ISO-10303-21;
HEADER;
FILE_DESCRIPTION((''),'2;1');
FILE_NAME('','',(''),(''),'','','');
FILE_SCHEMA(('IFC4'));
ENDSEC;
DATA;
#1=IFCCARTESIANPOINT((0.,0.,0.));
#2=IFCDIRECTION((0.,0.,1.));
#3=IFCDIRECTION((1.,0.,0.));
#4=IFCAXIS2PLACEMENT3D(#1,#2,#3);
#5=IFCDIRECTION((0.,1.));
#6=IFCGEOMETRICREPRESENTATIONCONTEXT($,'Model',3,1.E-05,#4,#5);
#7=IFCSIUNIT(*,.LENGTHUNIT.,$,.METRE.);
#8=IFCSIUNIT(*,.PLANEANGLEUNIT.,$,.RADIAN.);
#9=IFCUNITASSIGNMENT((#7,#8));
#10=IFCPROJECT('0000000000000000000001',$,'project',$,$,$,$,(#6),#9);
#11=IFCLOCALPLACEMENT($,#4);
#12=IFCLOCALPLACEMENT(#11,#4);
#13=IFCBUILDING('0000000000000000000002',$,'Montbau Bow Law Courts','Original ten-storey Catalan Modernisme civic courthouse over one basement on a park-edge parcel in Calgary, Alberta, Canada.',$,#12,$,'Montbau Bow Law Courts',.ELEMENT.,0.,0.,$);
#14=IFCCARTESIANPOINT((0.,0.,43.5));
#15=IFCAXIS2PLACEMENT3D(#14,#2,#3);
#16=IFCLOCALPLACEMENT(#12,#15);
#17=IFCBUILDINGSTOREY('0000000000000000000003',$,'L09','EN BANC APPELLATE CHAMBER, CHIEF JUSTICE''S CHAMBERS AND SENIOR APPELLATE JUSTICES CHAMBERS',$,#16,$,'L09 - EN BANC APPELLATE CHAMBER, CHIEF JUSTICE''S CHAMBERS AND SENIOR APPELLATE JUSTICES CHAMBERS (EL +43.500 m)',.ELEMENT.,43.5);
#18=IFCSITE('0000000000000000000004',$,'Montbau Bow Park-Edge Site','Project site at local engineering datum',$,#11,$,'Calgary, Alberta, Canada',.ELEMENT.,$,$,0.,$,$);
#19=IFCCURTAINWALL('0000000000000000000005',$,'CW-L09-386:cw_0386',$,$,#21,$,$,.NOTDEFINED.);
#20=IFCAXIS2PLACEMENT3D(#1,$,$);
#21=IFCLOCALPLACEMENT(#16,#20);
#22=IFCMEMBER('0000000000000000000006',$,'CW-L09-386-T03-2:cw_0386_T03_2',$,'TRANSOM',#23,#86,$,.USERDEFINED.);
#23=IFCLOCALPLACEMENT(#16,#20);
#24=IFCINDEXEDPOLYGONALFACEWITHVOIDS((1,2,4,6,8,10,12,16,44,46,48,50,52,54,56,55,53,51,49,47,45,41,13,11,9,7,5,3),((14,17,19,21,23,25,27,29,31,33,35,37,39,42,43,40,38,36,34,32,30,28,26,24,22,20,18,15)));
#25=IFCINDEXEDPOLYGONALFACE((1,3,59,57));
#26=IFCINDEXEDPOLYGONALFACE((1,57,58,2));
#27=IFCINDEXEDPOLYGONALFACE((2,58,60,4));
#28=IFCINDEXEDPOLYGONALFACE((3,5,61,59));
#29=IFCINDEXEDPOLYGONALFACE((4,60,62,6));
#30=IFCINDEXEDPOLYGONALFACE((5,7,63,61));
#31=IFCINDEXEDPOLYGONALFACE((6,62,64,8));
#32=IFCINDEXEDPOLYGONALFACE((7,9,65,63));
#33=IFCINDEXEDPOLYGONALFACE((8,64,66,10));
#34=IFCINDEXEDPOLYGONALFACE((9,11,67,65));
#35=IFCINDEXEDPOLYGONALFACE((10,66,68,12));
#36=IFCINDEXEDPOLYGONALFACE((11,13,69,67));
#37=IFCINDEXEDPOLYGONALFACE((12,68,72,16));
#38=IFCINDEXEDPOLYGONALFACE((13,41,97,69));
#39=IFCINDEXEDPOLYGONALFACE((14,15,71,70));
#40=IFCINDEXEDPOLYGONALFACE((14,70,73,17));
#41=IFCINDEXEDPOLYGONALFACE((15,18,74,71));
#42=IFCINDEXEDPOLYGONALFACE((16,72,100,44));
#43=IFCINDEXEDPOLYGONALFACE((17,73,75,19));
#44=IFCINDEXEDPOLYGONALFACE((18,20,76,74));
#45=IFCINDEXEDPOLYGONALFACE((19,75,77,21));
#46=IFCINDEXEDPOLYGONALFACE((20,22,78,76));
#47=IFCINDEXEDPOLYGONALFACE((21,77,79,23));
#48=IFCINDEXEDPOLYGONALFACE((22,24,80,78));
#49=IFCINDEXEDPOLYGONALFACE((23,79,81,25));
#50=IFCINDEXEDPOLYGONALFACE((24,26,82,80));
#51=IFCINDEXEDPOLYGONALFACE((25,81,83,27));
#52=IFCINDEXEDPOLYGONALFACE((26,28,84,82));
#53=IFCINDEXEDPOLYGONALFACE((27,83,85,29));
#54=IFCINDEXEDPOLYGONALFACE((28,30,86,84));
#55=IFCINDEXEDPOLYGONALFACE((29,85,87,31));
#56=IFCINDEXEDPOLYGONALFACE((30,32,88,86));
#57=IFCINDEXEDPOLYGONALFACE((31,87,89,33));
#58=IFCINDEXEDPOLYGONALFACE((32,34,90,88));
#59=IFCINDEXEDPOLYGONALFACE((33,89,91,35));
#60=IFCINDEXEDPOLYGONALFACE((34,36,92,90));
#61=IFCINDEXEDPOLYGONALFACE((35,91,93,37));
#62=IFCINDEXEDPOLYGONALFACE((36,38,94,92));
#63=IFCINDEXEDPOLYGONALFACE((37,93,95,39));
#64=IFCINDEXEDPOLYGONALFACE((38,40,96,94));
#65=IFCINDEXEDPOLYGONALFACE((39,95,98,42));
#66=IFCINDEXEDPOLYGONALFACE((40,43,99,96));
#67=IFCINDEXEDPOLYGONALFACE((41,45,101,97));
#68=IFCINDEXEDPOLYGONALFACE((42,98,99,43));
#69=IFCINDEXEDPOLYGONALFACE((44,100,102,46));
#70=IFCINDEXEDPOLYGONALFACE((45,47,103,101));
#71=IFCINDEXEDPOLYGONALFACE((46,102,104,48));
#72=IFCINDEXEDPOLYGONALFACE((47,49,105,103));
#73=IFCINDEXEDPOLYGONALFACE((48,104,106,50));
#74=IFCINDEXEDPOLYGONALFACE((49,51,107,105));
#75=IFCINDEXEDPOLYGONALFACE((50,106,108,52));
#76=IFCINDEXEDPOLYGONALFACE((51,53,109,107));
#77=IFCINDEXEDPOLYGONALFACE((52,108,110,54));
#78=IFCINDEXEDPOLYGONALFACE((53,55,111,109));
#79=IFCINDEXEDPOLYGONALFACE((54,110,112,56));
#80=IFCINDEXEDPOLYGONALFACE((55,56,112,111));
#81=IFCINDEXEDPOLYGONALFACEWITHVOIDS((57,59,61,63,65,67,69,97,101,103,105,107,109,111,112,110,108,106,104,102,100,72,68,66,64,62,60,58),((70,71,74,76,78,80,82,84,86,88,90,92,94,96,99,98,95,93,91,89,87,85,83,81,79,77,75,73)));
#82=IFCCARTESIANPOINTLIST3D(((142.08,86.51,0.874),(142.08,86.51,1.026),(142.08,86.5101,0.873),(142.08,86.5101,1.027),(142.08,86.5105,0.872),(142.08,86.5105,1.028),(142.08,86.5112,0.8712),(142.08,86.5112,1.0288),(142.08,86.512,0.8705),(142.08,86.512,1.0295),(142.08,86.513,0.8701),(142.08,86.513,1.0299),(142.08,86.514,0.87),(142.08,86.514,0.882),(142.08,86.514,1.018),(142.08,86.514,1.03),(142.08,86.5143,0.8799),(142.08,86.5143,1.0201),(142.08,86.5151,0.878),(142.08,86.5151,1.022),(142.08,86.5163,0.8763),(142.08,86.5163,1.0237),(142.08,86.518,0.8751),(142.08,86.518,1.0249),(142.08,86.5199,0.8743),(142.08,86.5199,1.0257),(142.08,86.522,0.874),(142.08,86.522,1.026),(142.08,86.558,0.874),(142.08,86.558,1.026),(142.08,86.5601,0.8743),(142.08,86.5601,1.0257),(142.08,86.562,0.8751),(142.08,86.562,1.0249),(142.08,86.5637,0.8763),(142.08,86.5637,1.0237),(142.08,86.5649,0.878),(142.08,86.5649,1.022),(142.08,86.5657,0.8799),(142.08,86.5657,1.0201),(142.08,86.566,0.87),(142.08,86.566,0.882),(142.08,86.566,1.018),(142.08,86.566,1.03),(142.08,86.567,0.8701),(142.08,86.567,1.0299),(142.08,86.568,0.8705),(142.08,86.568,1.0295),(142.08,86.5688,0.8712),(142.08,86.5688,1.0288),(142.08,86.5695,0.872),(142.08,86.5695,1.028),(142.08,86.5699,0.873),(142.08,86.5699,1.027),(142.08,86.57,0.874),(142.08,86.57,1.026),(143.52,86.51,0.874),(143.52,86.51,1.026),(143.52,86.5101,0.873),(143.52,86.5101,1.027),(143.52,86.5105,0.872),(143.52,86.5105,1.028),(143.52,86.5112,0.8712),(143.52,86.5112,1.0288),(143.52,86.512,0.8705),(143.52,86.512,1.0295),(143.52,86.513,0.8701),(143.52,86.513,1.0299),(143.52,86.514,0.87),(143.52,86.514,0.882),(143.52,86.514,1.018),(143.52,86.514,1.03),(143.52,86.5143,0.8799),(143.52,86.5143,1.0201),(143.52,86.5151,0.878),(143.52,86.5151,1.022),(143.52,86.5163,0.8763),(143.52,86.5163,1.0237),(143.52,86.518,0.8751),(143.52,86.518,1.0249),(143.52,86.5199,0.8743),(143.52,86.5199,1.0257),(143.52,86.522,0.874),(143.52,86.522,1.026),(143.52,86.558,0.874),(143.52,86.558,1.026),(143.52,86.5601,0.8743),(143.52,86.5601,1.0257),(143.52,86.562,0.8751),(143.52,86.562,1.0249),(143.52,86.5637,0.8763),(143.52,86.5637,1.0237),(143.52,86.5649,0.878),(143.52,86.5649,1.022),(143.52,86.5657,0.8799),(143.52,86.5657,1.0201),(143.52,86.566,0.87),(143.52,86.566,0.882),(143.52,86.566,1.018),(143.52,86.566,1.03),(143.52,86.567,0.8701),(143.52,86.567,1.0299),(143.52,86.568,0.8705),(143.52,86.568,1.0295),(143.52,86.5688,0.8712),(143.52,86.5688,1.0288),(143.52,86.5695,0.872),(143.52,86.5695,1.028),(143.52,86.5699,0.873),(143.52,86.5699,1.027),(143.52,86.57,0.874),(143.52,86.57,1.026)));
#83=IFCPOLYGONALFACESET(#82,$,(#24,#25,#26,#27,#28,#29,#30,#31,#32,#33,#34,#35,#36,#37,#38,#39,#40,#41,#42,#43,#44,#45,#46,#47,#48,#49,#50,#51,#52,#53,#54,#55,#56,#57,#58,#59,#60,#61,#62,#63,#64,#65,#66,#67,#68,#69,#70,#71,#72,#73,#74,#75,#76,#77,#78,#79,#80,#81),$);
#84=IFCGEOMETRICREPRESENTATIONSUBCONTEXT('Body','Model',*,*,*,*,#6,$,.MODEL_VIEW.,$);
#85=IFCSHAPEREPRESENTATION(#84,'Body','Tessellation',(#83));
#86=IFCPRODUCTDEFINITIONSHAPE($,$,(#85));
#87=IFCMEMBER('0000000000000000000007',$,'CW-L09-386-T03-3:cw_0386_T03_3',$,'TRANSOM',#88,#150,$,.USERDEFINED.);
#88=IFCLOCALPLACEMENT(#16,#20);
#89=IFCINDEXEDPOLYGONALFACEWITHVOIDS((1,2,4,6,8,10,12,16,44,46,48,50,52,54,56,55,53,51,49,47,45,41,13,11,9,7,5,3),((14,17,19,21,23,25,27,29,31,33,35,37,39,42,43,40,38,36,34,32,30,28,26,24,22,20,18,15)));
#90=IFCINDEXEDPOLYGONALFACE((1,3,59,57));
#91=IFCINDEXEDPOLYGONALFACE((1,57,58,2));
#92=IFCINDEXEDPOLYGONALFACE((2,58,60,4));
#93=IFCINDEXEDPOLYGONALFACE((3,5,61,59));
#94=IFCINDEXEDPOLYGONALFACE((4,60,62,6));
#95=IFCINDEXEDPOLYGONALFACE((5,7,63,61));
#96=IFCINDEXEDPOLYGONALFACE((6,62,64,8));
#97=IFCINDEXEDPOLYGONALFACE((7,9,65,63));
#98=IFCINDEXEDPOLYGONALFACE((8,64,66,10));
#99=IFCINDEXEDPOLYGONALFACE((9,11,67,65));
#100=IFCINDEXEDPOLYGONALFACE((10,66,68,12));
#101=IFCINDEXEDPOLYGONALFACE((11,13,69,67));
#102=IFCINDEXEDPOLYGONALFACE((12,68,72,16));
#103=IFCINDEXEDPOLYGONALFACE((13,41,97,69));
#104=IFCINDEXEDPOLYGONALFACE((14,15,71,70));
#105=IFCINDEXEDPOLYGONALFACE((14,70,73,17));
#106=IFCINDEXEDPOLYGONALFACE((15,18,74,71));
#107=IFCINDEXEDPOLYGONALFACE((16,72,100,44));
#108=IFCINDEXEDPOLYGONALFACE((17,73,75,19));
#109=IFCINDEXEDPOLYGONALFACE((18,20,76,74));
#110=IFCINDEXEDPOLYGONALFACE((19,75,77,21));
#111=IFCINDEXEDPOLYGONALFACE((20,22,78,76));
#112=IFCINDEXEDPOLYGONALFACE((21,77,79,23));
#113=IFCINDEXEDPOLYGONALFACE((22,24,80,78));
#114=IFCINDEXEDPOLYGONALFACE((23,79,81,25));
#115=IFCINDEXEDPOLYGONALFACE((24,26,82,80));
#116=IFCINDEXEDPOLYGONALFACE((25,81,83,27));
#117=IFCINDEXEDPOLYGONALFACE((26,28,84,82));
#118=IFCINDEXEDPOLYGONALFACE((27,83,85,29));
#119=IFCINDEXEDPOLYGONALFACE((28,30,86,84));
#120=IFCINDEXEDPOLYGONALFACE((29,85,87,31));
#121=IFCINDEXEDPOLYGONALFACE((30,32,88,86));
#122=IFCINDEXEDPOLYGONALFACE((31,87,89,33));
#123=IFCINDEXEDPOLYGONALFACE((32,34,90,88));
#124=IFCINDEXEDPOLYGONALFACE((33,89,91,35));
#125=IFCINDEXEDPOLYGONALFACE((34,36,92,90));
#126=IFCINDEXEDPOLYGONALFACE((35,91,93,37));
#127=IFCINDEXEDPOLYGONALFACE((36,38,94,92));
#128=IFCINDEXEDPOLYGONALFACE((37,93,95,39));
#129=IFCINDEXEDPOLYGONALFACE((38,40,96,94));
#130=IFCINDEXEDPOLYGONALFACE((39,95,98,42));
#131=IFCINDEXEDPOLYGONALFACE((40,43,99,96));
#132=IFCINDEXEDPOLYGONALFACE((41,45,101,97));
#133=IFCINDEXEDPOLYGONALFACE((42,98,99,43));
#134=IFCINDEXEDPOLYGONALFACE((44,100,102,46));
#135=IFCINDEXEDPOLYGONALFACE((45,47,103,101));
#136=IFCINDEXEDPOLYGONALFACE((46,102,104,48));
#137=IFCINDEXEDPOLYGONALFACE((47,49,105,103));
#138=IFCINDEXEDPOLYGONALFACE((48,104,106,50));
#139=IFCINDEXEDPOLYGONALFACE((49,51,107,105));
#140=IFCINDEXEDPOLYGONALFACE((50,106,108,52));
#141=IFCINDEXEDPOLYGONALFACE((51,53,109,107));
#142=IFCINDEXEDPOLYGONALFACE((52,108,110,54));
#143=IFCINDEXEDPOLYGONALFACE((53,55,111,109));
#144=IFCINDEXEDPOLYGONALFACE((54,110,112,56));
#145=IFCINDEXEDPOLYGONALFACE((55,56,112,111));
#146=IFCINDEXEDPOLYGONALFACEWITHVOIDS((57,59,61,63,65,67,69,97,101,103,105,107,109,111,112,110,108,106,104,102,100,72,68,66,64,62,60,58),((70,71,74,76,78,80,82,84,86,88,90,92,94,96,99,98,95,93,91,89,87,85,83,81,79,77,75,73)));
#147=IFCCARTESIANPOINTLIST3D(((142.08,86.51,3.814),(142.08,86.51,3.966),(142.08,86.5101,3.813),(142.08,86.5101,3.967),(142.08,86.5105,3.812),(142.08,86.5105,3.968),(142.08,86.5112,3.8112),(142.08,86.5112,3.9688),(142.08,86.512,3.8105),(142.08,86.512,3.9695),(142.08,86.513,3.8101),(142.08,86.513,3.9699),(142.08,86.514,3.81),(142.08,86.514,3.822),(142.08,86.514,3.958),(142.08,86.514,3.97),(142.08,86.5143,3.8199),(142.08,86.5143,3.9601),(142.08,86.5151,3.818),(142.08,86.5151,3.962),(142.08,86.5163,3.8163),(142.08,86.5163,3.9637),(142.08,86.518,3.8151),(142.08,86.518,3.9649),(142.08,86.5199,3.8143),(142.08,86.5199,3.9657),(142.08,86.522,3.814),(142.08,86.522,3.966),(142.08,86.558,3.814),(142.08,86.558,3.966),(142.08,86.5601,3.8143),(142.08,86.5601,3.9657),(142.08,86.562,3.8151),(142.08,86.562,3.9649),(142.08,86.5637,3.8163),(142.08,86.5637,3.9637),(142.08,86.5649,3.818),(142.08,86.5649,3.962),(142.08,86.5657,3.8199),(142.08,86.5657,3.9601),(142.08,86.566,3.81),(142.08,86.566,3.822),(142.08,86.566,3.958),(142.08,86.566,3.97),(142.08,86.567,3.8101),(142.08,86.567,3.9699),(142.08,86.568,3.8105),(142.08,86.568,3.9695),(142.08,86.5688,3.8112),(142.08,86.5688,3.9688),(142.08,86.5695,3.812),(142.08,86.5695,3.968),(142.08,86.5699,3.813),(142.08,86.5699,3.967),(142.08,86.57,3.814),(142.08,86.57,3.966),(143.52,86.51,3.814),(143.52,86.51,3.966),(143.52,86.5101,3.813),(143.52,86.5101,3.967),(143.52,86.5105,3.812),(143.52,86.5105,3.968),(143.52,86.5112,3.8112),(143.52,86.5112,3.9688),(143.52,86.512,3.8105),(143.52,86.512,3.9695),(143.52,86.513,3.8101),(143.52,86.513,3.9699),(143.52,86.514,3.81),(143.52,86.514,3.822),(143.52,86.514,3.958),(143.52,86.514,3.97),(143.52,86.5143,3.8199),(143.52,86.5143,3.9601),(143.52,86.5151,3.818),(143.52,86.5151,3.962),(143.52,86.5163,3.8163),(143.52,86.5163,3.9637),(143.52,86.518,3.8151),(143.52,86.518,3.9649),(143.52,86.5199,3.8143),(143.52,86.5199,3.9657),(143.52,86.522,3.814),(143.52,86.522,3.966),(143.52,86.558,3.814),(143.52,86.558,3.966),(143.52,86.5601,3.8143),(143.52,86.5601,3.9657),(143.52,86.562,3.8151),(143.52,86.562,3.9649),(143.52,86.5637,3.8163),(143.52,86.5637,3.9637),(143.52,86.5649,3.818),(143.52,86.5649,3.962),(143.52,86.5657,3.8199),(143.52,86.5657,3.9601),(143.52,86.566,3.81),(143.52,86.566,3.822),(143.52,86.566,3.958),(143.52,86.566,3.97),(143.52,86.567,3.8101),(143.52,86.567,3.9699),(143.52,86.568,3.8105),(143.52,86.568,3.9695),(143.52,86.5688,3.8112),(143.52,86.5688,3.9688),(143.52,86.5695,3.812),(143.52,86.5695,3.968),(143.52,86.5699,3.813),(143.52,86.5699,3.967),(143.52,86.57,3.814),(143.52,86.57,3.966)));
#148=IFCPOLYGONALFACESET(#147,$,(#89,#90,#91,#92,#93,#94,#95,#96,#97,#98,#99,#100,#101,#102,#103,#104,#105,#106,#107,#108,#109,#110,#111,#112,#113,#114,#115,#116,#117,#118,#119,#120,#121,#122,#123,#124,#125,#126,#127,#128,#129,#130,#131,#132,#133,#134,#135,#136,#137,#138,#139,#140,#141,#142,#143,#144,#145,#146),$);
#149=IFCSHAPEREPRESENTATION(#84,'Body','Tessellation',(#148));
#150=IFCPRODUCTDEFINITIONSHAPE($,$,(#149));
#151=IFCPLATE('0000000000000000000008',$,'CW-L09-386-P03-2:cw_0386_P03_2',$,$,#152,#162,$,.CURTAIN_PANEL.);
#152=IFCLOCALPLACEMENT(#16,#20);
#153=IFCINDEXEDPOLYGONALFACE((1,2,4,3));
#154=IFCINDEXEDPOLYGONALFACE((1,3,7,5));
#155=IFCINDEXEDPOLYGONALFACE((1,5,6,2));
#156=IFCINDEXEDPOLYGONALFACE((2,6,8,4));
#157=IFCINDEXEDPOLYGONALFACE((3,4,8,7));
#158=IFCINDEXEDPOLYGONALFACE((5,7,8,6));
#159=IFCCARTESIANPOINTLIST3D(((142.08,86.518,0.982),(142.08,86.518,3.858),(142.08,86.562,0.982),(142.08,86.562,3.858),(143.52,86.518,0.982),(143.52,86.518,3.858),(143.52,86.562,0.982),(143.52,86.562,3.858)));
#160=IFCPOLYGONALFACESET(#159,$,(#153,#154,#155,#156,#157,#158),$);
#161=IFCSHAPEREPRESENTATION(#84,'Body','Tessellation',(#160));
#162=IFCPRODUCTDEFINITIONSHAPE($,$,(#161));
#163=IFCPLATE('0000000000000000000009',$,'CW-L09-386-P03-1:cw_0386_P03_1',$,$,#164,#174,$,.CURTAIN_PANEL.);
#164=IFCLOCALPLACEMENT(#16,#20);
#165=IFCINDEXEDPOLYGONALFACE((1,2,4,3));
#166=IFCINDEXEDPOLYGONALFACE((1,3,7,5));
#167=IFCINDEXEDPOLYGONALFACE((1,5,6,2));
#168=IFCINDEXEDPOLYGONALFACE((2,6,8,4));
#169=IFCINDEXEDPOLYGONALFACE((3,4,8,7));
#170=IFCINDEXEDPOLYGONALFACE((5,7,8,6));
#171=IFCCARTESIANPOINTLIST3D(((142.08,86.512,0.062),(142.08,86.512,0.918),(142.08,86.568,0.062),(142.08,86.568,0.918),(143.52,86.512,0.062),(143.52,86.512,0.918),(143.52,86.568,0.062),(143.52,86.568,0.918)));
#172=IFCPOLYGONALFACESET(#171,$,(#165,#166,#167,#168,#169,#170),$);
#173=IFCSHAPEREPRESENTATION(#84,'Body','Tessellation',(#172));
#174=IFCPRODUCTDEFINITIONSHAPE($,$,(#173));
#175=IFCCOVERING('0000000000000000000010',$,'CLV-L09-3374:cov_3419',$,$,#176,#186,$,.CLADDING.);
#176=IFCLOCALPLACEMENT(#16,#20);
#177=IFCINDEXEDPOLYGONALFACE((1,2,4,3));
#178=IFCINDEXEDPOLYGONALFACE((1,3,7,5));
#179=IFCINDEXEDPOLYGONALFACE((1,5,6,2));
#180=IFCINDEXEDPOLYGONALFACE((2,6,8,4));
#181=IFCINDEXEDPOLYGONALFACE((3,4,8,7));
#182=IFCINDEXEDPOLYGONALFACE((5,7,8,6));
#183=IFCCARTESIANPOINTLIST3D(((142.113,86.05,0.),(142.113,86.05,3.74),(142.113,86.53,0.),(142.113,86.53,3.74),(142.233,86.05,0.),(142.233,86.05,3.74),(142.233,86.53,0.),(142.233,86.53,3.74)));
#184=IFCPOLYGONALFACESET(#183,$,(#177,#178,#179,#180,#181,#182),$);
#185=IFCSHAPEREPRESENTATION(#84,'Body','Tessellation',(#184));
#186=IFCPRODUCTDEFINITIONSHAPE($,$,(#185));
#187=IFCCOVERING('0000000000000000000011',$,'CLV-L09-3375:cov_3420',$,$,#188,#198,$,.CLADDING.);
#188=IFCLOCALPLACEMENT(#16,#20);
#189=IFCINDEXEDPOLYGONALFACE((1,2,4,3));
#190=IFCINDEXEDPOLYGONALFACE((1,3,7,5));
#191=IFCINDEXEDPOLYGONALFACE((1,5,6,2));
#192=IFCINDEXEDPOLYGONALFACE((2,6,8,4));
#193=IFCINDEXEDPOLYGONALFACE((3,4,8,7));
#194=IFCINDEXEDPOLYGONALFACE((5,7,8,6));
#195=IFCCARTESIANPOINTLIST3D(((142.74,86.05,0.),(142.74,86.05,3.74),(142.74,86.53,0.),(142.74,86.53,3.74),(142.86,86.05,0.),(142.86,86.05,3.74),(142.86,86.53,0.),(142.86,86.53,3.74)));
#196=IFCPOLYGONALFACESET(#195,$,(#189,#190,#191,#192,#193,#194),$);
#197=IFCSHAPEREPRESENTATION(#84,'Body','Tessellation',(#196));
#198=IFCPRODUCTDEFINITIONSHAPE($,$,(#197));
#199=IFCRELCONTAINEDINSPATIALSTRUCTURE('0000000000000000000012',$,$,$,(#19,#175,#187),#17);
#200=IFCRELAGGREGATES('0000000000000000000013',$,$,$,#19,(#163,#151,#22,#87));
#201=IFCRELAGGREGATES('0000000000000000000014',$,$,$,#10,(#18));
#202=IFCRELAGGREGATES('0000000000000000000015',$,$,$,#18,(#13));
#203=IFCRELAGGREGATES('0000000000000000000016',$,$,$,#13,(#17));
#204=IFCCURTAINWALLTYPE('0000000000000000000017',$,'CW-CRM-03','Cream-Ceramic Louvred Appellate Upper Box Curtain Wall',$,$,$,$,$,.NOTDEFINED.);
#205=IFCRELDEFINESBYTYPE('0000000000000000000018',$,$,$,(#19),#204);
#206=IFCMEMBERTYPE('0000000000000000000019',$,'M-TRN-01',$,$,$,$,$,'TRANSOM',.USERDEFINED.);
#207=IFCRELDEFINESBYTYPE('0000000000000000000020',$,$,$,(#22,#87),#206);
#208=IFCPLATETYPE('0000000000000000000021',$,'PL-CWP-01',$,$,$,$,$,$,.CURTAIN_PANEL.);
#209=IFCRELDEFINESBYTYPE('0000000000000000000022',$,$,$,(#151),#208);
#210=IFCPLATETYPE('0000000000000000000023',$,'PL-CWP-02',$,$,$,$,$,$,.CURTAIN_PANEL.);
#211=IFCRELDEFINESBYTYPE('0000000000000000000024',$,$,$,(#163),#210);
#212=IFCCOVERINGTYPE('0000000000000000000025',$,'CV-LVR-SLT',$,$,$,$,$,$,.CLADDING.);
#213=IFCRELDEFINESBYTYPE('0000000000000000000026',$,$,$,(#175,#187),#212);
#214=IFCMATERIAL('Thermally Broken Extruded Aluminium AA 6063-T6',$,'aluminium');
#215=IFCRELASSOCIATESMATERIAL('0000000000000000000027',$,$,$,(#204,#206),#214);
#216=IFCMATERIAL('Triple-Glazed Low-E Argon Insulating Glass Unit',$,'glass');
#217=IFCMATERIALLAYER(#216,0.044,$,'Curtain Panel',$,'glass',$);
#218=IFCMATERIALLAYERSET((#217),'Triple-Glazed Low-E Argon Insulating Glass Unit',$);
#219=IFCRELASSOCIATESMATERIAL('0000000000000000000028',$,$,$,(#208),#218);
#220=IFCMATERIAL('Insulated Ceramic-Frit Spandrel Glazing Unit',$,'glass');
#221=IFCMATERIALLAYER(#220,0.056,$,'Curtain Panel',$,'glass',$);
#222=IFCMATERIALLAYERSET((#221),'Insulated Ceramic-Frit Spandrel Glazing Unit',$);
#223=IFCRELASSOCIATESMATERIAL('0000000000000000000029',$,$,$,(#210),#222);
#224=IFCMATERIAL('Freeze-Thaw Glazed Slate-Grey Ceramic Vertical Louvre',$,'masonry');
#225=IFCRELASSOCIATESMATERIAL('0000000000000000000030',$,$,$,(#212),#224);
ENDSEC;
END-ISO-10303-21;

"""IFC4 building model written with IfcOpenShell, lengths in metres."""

from ifc_helpers import new_model, si_unit, direction, frame, frame_2d, origin_with_axes, origin_2d_with_axis, place, context, subcontext, project, spatial, rectangle, hollow_rectangle, extrude, material, layer, layer_set, material_profile, profile_set, type_object, element, aggregate, save


model = new_model("IFC4")

# Units and contexts
model_context = context("Model", 3, precision=1e-05, world=origin_with_axes(), true_north=direction((0.0, 1.0)))
body_context = subcontext(model_context, "Body", "Model", "MODEL_VIEW")
ifc_project = project(units=[si_unit("LENGTHUNIT", "METRE"), si_unit("PLANEANGLEUNIT", "RADIAN")], contexts=[model_context])

# Site, building, storey
site_placement = place(None, origin_with_axes())
site = spatial("IfcSite", under=ifc_project, at=site_placement, Name="Montbau Bow Park-Edge Site", Description="Project site at local engineering datum", LongName="Calgary, Alberta, Canada", CompositionType="ELEMENT", RefElevation=0.0)
building_placement = place(site_placement, origin_with_axes())
building = spatial("IfcBuilding", under=site, at=building_placement, Name="Montbau Bow Law Courts", Description="Original ten-storey Catalan Modernisme civic courthouse over one basement on a park-edge parcel in Calgary, Alberta, Canada.", LongName="Montbau Bow Law Courts", CompositionType="ELEMENT", ElevationOfRefHeight=0.0, ElevationOfTerrain=0.0)
storey_placement = place(building_placement, frame((0.0, 0.0, 43.5), z_axis=(0.0, 0.0, 1.0), x_axis=(1.0, 0.0, 0.0)))
storey = spatial("IfcBuildingStorey", under=building, at=storey_placement, Name="L09", Description="EN BANC APPELLATE CHAMBER, CHIEF JUSTICE'S CHAMBERS AND SENIOR APPELLATE JUSTICES CHAMBERS", LongName="L09 - EN BANC APPELLATE CHAMBER, CHIEF JUSTICE'S CHAMBERS AND SENIOR APPELLATE JUSTICES CHAMBERS (EL +43.500 m)", CompositionType="ELEMENT", Elevation=43.5)

# Curtain wall, members, plates
ifc_material_1 = material(Name="Thermally Broken Extruded Aluminium AA 6063-T6", Category="aluminium")
curtain_wall_type = type_object("IfcCurtainWallType", Name="CW-CRM-03", Description="Cream-Ceramic Louvred Appellate Upper Box Curtain Wall", PredefinedType="NOTDEFINED", material=ifc_material_1)
curtain_wall_placement = place(None, frame((139.04, 86.54, 43.5), z_axis=(0.0, 0.0, 1.0), x_axis=(1.0, 0.0, 0.0)))
curtain_wall = element("IfcCurtainWall", 1, at=curtain_wall_placement, inside=storey, type_object=curtain_wall_type, Name="CW-L09-386:cw_0386", PredefinedType="NOTDEFINED")
ifc_material_profile_1 = material_profile(ifc_material_1, hollow_rectangle(XDim=0.06, YDim=0.16, WallThickness=0.004, InnerFilletRadius=0.008, OuterFilletRadius=0.004, at=origin_2d_with_axis()), Name="CWT-160X60", Category="Main", Priority=0)
ifc_profile_set_1 = profile_set([ifc_material_profile_1], Name="Thermally Broken Extruded Aluminium AA 6063-T6")
member_type_1 = type_object("IfcMemberType", Name="M-TRN-01", ElementType="TRANSOM", PredefinedType="USERDEFINED", material=ifc_profile_set_1)
member_1_placement = place(None, frame((142.08, 86.54, 44.45), z_axis=(1.0, 0.0, 0.0), x_axis=(0.0, 1.0, 0.0)))
member_1 = element("IfcMember", 2, at=member_1_placement, type_object=member_type_1, Name="CW-L09-386-T03-2:cw_0386_T03_2", ObjectType="TRANSOM", PredefinedType="USERDEFINED", context=body_context, shape_type="SweptSolid", body=[
    extrude(hollow_rectangle(XDim=0.06, YDim=0.16, WallThickness=0.004, InnerFilletRadius=0.008, OuterFilletRadius=0.004, at=origin_2d_with_axis()), origin_with_axes(), (0.0, 0.0, 1.0), 1.44),
])
member_2_placement = place(None, frame((142.08, 86.54, 47.39), z_axis=(1.0, 0.0, 0.0), x_axis=(0.0, 1.0, 0.0)))
member_2 = element("IfcMember", 3, at=member_2_placement, type_object=member_type_1, Name="CW-L09-386-T03-3:cw_0386_T03_3", ObjectType="TRANSOM", PredefinedType="USERDEFINED", context=body_context, shape_type="SweptSolid", body=[
    extrude(hollow_rectangle(XDim=0.06, YDim=0.16, WallThickness=0.004, InnerFilletRadius=0.008, OuterFilletRadius=0.004, at=origin_2d_with_axis()), origin_with_axes(), (0.0, 0.0, 1.0), 1.44),
])
ifc_material_2 = material(Name="Triple-Glazed Low-E Argon Insulating Glass Unit", Category="glass")
ifc_layer_1 = layer(ifc_material_2, 0.044, Name="Curtain Panel", Category="glass")
ifc_layer_set_1 = layer_set([ifc_layer_1], Name="Triple-Glazed Low-E Argon Insulating Glass Unit")
plate_type_1 = type_object("IfcPlateType", Name="PL-CWP-01", PredefinedType="CURTAIN_PANEL", material=ifc_layer_set_1)
plate_1_placement = place(None, frame((142.08, 86.54, 44.482), z_axis=(0.0, -1.0, 0.0), x_axis=(1.0, 0.0, 0.0)))
plate_1 = element("IfcPlate", 4, at=plate_1_placement, type_object=plate_type_1, Name="CW-L09-386-P03-2:cw_0386_P03_2", PredefinedType="CURTAIN_PANEL", context=body_context, shape_type="SweptSolid", body=[
    extrude(rectangle(XDim=1.44, YDim=2.876, at=frame_2d((0.72, 1.438), x_axis=(1.0, 0.0))), frame((0.0, 0.0, -0.022), z_axis=(0.0, 0.0, 1.0), x_axis=(1.0, 0.0, 0.0)), (0.0, 0.0, 1.0), 0.044),
])
ifc_material_3 = material(Name="Insulated Ceramic-Frit Spandrel Glazing Unit", Category="glass")
ifc_layer_2 = layer(ifc_material_3, 0.056, Name="Curtain Panel", Category="glass")
ifc_layer_set_2 = layer_set([ifc_layer_2], Name="Insulated Ceramic-Frit Spandrel Glazing Unit")
plate_type_2 = type_object("IfcPlateType", Name="PL-CWP-02", PredefinedType="CURTAIN_PANEL", material=ifc_layer_set_2)
plate_2_placement = place(None, frame((142.08, 86.54, 43.562), z_axis=(0.0, -1.0, 0.0), x_axis=(1.0, 0.0, 0.0)))
plate_2 = element("IfcPlate", 5, at=plate_2_placement, type_object=plate_type_2, Name="CW-L09-386-P03-1:cw_0386_P03_1", PredefinedType="CURTAIN_PANEL", context=body_context, shape_type="SweptSolid", body=[
    extrude(rectangle(XDim=1.44, YDim=0.856, at=frame_2d((0.72, 0.428), x_axis=(1.0, 0.0))), frame((0.0, 0.0, -0.028), z_axis=(0.0, 0.0, 1.0), x_axis=(1.0, 0.0, 0.0)), (0.0, 0.0, 1.0), 0.056),
])
aggregate(curtain_wall, [plate_2, plate_1, member_1, member_2])

# Coverings
ifc_material_4 = material(Name="Freeze-Thaw Glazed Slate-Grey Ceramic Vertical Louvre", Category="masonry")
covering_type = type_object("IfcCoveringType", Name="CV-LVR-SLT", PredefinedType="CLADDING", material=ifc_material_4)
for number, where, z_axis, x_axis, name in (
    (6, (142.173, 86.53, 43.5), (-1.0, 0.0, 0.0), (0.0, -1.0, 0.0), "CLV-L09-3374:cov_3419"),
    (7, (142.8, 86.53, 43.5), (-1.0, 0.0, 0.0), (0.0, -1.0, 0.0), "CLV-L09-3375:cov_3420"),
):
    element("IfcCovering", number, at=place(None, frame(where, z_axis=z_axis, x_axis=x_axis)), inside=storey, type_object=covering_type, Name=name, PredefinedType="CLADDING", context=body_context, shape_type="SweptSolid", body=[
        extrude(rectangle(XDim=0.48, YDim=3.74, at=frame_2d((0.24, 1.87), x_axis=(1.0, 0.0))), frame((0.0, 0.0, -0.06), z_axis=(0.0, 0.0, 1.0), x_axis=(1.0, 0.0, 0.0)), (0.0, 0.0, 1.0), 0.12),
    ])

save(model, "model.ifc")
